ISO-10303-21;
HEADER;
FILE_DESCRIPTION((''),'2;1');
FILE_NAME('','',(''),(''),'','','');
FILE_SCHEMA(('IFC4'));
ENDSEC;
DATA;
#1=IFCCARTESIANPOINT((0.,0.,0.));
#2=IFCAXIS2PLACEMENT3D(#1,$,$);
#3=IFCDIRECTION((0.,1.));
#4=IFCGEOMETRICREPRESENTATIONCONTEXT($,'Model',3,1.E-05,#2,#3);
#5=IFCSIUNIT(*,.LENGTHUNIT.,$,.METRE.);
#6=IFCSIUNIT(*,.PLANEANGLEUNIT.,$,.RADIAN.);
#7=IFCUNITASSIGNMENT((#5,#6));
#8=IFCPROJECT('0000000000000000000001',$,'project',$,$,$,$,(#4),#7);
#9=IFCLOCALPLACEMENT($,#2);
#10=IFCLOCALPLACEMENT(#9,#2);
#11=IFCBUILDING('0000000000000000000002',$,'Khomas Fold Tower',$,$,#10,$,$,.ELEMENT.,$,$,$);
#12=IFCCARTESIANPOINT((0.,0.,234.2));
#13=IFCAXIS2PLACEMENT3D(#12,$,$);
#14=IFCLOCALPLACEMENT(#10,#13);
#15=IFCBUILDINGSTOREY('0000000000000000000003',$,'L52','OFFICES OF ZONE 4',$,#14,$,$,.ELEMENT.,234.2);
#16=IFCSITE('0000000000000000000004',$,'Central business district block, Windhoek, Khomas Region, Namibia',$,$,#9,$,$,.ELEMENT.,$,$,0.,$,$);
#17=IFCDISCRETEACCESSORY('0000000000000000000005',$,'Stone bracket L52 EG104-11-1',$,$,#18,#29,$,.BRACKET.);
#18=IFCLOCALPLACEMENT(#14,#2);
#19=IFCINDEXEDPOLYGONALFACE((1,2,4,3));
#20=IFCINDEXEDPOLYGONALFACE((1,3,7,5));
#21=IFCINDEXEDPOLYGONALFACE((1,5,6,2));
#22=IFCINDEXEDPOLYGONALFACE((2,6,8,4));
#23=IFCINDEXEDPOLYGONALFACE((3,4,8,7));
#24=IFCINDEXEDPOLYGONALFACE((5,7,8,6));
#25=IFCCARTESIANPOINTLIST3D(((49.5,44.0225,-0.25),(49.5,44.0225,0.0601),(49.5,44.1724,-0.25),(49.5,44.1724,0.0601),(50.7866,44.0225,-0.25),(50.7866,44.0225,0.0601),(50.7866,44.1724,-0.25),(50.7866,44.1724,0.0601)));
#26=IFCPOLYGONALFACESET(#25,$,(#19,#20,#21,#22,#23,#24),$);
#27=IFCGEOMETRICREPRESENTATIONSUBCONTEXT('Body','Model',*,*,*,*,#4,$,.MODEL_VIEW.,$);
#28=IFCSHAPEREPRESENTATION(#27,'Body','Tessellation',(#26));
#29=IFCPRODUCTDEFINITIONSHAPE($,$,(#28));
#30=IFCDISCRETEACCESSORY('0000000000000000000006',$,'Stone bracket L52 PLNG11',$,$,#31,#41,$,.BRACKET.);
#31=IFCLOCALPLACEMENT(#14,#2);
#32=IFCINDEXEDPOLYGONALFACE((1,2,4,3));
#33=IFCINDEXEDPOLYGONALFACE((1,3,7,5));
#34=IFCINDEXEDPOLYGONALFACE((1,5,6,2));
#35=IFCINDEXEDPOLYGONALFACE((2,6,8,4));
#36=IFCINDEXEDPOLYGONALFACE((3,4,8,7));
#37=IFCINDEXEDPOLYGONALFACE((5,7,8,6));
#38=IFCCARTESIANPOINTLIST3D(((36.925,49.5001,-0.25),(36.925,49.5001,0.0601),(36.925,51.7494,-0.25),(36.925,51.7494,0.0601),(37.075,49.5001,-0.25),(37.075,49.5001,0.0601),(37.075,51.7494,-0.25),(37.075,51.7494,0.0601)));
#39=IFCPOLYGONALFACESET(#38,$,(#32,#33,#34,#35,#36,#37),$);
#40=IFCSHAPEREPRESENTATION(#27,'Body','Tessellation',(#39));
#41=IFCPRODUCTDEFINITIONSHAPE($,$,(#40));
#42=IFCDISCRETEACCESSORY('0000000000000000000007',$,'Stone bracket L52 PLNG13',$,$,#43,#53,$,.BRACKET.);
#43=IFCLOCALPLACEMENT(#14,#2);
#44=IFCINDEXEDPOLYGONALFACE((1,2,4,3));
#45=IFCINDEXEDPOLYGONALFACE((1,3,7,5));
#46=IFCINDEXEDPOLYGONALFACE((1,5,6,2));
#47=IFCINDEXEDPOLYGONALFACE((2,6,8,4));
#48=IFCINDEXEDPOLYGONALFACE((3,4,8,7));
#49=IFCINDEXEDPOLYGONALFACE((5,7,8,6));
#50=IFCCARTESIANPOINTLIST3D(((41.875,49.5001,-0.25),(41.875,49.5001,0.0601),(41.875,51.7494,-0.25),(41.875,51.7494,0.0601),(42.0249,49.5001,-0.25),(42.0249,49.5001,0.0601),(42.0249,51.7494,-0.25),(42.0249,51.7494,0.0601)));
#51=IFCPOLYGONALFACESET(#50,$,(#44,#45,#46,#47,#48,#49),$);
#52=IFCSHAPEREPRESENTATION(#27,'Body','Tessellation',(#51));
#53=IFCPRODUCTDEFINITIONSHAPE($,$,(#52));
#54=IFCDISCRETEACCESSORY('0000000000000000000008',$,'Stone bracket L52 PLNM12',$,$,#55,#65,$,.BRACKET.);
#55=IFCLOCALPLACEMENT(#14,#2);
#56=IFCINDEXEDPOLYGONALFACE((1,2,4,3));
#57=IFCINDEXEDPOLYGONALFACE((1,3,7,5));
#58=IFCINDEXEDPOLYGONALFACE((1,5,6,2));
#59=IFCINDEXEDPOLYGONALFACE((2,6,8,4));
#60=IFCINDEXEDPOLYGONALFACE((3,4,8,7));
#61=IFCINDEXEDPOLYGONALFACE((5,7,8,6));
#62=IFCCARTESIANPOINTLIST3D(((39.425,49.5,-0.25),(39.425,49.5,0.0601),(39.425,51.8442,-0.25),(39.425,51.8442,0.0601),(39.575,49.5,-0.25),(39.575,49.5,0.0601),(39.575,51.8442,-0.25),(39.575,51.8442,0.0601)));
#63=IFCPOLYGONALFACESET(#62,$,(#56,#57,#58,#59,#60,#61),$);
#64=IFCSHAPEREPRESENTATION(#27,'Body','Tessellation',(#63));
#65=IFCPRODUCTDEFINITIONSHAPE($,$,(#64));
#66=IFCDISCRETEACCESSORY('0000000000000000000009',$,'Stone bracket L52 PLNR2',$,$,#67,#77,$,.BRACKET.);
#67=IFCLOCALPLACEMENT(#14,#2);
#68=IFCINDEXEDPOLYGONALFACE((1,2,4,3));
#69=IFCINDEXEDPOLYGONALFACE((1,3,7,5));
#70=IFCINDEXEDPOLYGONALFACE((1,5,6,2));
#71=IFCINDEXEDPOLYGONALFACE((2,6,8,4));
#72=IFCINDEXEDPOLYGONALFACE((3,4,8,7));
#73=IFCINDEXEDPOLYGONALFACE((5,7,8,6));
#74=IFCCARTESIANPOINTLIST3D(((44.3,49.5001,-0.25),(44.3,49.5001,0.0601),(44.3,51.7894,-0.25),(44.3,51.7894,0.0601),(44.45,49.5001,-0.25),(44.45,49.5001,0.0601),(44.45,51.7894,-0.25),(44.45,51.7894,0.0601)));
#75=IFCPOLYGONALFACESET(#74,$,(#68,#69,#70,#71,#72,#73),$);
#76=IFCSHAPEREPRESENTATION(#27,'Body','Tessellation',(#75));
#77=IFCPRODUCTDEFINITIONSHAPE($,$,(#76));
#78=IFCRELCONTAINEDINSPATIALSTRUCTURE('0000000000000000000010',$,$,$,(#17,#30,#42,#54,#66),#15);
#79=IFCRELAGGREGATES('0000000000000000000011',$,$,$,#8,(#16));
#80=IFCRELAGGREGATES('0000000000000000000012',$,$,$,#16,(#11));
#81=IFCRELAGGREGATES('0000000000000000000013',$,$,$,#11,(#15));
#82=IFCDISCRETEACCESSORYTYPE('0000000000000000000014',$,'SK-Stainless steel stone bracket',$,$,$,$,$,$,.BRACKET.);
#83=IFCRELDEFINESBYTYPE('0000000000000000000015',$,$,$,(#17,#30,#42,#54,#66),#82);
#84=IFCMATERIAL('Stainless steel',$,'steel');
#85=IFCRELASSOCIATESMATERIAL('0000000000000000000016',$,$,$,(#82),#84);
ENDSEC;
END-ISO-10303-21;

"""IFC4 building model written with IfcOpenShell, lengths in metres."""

from ifc_helpers import new_model, si_unit, direction, frame, origin, origin_2d, place, context, subcontext, project, spatial, rectangle, extrude, source, transform, mapped, material, type_object, element, save


model = new_model("IFC4")

# Units and contexts
model_context = context("Model", 3, precision=1e-05, world=origin(), true_north=direction((0.0, 1.0)))
body_context = subcontext(model_context, "Body", "Model", "MODEL_VIEW")
ifc_project = project(units=[si_unit("LENGTHUNIT", "METRE"), si_unit("PLANEANGLEUNIT", "RADIAN")], contexts=[model_context])

# Site, building, storey
site_placement = place(None, origin())
site = spatial("IfcSite", under=ifc_project, at=site_placement, Name="Central business district block, Windhoek, Khomas Region, Namibia", CompositionType="ELEMENT", RefElevation=0.0)
building_placement = place(site_placement, origin())
building = spatial("IfcBuilding", under=site, at=building_placement, Name="Khomas Fold Tower", CompositionType="ELEMENT")
storey_placement = place(building_placement, frame((0.0, 0.0, 234.2)))
storey = spatial("IfcBuildingStorey", under=building, at=storey_placement, Name="L52", Description="OFFICES OF ZONE 4", CompositionType="ELEMENT", Elevation=234.2)

# Discrete accessories
ifc_material_1 = material(Name="Stainless steel", Category="steel")
discrete_accessory_type = type_object("IfcDiscreteAccessoryType", Name="SK-Stainless steel stone bracket", PredefinedType="BRACKET", material=ifc_material_1)
shared_shape_1 = source(origin(), body_context, "Body", "SweptSolid", [
    extrude(rectangle(XDim=1.2866, YDim=0.1499, at=origin_2d()), origin(), (0.0, 0.0, 1.0), 0.3101),
])
discrete_accessory_1_placement = place(storey_placement, frame((50.1433, 44.0974, -0.25), z_axis=(0.0, 0.0, 1.0), x_axis=(1.0, 0.0, 0.0)))
element("IfcDiscreteAccessory", 1, at=discrete_accessory_1_placement, inside=storey, type_object=discrete_accessory_type, Name="Stone bracket L52 EG104-11-1", PredefinedType="BRACKET", context=body_context, shape_type="MappedRepresentation", body=[
    mapped(shared_shape_1, transform((0.0, 0.0, 0.0))),
])
shared_shape_2 = source(origin(), body_context, "Body", "SweptSolid", [
    extrude(rectangle(XDim=2.2493, YDim=0.1499, at=origin_2d()), origin(), (0.0, 0.0, 1.0), 0.3101),
])
for number, where, z_axis, x_axis, name in (
    (2, (37.0, 50.6248, -0.25), (0.0, 0.0, 1.0), (0.0, 1.0, 0.0), "Stone bracket L52 PLNG11"),
    (3, (41.95, 50.6248, -0.25), (0.0, 0.0, 1.0), (0.0, 1.0, 0.0), "Stone bracket L52 PLNG13"),
):
    element("IfcDiscreteAccessory", number, at=place(storey_placement, frame(where, z_axis=z_axis, x_axis=x_axis)), inside=storey, type_object=discrete_accessory_type, Name=name, PredefinedType="BRACKET", context=body_context, shape_type="MappedRepresentation", body=[
        mapped(shared_shape_2, transform((0.0, 0.0, 0.0))),
    ])
shared_shape_3 = source(origin(), body_context, "Body", "SweptSolid", [
    extrude(rectangle(XDim=2.3442, YDim=0.1499, at=origin_2d()), origin(), (0.0, 0.0, 1.0), 0.3101),
])
discrete_accessory_2_placement = place(storey_placement, frame((39.5, 50.6721, -0.25), z_axis=(0.0, 0.0, 1.0), x_axis=(0.0, 1.0, 0.0)))
element("IfcDiscreteAccessory", 4, at=discrete_accessory_2_placement, inside=storey, type_object=discrete_accessory_type, Name="Stone bracket L52 PLNM12", PredefinedType="BRACKET", context=body_context, shape_type="MappedRepresentation", body=[
    mapped(shared_shape_3, transform((0.0, 0.0, 0.0))),
])
shared_shape_4 = source(origin(), body_context, "Body", "SweptSolid", [
    extrude(rectangle(XDim=2.2893, YDim=0.1499, at=origin_2d()), origin(), (0.0, 0.0, 1.0), 0.3101),
])
discrete_accessory_3_placement = place(storey_placement, frame((44.375, 50.6448, -0.25), z_axis=(0.0, 0.0, 1.0), x_axis=(0.0, 1.0, 0.0)))
element("IfcDiscreteAccessory", 5, at=discrete_accessory_3_placement, inside=storey, type_object=discrete_accessory_type, Name="Stone bracket L52 PLNR2", PredefinedType="BRACKET", context=body_context, shape_type="MappedRepresentation", body=[
    mapped(shared_shape_4, transform((0.0, 0.0, 0.0))),
])

save(model, "model.ifc")
